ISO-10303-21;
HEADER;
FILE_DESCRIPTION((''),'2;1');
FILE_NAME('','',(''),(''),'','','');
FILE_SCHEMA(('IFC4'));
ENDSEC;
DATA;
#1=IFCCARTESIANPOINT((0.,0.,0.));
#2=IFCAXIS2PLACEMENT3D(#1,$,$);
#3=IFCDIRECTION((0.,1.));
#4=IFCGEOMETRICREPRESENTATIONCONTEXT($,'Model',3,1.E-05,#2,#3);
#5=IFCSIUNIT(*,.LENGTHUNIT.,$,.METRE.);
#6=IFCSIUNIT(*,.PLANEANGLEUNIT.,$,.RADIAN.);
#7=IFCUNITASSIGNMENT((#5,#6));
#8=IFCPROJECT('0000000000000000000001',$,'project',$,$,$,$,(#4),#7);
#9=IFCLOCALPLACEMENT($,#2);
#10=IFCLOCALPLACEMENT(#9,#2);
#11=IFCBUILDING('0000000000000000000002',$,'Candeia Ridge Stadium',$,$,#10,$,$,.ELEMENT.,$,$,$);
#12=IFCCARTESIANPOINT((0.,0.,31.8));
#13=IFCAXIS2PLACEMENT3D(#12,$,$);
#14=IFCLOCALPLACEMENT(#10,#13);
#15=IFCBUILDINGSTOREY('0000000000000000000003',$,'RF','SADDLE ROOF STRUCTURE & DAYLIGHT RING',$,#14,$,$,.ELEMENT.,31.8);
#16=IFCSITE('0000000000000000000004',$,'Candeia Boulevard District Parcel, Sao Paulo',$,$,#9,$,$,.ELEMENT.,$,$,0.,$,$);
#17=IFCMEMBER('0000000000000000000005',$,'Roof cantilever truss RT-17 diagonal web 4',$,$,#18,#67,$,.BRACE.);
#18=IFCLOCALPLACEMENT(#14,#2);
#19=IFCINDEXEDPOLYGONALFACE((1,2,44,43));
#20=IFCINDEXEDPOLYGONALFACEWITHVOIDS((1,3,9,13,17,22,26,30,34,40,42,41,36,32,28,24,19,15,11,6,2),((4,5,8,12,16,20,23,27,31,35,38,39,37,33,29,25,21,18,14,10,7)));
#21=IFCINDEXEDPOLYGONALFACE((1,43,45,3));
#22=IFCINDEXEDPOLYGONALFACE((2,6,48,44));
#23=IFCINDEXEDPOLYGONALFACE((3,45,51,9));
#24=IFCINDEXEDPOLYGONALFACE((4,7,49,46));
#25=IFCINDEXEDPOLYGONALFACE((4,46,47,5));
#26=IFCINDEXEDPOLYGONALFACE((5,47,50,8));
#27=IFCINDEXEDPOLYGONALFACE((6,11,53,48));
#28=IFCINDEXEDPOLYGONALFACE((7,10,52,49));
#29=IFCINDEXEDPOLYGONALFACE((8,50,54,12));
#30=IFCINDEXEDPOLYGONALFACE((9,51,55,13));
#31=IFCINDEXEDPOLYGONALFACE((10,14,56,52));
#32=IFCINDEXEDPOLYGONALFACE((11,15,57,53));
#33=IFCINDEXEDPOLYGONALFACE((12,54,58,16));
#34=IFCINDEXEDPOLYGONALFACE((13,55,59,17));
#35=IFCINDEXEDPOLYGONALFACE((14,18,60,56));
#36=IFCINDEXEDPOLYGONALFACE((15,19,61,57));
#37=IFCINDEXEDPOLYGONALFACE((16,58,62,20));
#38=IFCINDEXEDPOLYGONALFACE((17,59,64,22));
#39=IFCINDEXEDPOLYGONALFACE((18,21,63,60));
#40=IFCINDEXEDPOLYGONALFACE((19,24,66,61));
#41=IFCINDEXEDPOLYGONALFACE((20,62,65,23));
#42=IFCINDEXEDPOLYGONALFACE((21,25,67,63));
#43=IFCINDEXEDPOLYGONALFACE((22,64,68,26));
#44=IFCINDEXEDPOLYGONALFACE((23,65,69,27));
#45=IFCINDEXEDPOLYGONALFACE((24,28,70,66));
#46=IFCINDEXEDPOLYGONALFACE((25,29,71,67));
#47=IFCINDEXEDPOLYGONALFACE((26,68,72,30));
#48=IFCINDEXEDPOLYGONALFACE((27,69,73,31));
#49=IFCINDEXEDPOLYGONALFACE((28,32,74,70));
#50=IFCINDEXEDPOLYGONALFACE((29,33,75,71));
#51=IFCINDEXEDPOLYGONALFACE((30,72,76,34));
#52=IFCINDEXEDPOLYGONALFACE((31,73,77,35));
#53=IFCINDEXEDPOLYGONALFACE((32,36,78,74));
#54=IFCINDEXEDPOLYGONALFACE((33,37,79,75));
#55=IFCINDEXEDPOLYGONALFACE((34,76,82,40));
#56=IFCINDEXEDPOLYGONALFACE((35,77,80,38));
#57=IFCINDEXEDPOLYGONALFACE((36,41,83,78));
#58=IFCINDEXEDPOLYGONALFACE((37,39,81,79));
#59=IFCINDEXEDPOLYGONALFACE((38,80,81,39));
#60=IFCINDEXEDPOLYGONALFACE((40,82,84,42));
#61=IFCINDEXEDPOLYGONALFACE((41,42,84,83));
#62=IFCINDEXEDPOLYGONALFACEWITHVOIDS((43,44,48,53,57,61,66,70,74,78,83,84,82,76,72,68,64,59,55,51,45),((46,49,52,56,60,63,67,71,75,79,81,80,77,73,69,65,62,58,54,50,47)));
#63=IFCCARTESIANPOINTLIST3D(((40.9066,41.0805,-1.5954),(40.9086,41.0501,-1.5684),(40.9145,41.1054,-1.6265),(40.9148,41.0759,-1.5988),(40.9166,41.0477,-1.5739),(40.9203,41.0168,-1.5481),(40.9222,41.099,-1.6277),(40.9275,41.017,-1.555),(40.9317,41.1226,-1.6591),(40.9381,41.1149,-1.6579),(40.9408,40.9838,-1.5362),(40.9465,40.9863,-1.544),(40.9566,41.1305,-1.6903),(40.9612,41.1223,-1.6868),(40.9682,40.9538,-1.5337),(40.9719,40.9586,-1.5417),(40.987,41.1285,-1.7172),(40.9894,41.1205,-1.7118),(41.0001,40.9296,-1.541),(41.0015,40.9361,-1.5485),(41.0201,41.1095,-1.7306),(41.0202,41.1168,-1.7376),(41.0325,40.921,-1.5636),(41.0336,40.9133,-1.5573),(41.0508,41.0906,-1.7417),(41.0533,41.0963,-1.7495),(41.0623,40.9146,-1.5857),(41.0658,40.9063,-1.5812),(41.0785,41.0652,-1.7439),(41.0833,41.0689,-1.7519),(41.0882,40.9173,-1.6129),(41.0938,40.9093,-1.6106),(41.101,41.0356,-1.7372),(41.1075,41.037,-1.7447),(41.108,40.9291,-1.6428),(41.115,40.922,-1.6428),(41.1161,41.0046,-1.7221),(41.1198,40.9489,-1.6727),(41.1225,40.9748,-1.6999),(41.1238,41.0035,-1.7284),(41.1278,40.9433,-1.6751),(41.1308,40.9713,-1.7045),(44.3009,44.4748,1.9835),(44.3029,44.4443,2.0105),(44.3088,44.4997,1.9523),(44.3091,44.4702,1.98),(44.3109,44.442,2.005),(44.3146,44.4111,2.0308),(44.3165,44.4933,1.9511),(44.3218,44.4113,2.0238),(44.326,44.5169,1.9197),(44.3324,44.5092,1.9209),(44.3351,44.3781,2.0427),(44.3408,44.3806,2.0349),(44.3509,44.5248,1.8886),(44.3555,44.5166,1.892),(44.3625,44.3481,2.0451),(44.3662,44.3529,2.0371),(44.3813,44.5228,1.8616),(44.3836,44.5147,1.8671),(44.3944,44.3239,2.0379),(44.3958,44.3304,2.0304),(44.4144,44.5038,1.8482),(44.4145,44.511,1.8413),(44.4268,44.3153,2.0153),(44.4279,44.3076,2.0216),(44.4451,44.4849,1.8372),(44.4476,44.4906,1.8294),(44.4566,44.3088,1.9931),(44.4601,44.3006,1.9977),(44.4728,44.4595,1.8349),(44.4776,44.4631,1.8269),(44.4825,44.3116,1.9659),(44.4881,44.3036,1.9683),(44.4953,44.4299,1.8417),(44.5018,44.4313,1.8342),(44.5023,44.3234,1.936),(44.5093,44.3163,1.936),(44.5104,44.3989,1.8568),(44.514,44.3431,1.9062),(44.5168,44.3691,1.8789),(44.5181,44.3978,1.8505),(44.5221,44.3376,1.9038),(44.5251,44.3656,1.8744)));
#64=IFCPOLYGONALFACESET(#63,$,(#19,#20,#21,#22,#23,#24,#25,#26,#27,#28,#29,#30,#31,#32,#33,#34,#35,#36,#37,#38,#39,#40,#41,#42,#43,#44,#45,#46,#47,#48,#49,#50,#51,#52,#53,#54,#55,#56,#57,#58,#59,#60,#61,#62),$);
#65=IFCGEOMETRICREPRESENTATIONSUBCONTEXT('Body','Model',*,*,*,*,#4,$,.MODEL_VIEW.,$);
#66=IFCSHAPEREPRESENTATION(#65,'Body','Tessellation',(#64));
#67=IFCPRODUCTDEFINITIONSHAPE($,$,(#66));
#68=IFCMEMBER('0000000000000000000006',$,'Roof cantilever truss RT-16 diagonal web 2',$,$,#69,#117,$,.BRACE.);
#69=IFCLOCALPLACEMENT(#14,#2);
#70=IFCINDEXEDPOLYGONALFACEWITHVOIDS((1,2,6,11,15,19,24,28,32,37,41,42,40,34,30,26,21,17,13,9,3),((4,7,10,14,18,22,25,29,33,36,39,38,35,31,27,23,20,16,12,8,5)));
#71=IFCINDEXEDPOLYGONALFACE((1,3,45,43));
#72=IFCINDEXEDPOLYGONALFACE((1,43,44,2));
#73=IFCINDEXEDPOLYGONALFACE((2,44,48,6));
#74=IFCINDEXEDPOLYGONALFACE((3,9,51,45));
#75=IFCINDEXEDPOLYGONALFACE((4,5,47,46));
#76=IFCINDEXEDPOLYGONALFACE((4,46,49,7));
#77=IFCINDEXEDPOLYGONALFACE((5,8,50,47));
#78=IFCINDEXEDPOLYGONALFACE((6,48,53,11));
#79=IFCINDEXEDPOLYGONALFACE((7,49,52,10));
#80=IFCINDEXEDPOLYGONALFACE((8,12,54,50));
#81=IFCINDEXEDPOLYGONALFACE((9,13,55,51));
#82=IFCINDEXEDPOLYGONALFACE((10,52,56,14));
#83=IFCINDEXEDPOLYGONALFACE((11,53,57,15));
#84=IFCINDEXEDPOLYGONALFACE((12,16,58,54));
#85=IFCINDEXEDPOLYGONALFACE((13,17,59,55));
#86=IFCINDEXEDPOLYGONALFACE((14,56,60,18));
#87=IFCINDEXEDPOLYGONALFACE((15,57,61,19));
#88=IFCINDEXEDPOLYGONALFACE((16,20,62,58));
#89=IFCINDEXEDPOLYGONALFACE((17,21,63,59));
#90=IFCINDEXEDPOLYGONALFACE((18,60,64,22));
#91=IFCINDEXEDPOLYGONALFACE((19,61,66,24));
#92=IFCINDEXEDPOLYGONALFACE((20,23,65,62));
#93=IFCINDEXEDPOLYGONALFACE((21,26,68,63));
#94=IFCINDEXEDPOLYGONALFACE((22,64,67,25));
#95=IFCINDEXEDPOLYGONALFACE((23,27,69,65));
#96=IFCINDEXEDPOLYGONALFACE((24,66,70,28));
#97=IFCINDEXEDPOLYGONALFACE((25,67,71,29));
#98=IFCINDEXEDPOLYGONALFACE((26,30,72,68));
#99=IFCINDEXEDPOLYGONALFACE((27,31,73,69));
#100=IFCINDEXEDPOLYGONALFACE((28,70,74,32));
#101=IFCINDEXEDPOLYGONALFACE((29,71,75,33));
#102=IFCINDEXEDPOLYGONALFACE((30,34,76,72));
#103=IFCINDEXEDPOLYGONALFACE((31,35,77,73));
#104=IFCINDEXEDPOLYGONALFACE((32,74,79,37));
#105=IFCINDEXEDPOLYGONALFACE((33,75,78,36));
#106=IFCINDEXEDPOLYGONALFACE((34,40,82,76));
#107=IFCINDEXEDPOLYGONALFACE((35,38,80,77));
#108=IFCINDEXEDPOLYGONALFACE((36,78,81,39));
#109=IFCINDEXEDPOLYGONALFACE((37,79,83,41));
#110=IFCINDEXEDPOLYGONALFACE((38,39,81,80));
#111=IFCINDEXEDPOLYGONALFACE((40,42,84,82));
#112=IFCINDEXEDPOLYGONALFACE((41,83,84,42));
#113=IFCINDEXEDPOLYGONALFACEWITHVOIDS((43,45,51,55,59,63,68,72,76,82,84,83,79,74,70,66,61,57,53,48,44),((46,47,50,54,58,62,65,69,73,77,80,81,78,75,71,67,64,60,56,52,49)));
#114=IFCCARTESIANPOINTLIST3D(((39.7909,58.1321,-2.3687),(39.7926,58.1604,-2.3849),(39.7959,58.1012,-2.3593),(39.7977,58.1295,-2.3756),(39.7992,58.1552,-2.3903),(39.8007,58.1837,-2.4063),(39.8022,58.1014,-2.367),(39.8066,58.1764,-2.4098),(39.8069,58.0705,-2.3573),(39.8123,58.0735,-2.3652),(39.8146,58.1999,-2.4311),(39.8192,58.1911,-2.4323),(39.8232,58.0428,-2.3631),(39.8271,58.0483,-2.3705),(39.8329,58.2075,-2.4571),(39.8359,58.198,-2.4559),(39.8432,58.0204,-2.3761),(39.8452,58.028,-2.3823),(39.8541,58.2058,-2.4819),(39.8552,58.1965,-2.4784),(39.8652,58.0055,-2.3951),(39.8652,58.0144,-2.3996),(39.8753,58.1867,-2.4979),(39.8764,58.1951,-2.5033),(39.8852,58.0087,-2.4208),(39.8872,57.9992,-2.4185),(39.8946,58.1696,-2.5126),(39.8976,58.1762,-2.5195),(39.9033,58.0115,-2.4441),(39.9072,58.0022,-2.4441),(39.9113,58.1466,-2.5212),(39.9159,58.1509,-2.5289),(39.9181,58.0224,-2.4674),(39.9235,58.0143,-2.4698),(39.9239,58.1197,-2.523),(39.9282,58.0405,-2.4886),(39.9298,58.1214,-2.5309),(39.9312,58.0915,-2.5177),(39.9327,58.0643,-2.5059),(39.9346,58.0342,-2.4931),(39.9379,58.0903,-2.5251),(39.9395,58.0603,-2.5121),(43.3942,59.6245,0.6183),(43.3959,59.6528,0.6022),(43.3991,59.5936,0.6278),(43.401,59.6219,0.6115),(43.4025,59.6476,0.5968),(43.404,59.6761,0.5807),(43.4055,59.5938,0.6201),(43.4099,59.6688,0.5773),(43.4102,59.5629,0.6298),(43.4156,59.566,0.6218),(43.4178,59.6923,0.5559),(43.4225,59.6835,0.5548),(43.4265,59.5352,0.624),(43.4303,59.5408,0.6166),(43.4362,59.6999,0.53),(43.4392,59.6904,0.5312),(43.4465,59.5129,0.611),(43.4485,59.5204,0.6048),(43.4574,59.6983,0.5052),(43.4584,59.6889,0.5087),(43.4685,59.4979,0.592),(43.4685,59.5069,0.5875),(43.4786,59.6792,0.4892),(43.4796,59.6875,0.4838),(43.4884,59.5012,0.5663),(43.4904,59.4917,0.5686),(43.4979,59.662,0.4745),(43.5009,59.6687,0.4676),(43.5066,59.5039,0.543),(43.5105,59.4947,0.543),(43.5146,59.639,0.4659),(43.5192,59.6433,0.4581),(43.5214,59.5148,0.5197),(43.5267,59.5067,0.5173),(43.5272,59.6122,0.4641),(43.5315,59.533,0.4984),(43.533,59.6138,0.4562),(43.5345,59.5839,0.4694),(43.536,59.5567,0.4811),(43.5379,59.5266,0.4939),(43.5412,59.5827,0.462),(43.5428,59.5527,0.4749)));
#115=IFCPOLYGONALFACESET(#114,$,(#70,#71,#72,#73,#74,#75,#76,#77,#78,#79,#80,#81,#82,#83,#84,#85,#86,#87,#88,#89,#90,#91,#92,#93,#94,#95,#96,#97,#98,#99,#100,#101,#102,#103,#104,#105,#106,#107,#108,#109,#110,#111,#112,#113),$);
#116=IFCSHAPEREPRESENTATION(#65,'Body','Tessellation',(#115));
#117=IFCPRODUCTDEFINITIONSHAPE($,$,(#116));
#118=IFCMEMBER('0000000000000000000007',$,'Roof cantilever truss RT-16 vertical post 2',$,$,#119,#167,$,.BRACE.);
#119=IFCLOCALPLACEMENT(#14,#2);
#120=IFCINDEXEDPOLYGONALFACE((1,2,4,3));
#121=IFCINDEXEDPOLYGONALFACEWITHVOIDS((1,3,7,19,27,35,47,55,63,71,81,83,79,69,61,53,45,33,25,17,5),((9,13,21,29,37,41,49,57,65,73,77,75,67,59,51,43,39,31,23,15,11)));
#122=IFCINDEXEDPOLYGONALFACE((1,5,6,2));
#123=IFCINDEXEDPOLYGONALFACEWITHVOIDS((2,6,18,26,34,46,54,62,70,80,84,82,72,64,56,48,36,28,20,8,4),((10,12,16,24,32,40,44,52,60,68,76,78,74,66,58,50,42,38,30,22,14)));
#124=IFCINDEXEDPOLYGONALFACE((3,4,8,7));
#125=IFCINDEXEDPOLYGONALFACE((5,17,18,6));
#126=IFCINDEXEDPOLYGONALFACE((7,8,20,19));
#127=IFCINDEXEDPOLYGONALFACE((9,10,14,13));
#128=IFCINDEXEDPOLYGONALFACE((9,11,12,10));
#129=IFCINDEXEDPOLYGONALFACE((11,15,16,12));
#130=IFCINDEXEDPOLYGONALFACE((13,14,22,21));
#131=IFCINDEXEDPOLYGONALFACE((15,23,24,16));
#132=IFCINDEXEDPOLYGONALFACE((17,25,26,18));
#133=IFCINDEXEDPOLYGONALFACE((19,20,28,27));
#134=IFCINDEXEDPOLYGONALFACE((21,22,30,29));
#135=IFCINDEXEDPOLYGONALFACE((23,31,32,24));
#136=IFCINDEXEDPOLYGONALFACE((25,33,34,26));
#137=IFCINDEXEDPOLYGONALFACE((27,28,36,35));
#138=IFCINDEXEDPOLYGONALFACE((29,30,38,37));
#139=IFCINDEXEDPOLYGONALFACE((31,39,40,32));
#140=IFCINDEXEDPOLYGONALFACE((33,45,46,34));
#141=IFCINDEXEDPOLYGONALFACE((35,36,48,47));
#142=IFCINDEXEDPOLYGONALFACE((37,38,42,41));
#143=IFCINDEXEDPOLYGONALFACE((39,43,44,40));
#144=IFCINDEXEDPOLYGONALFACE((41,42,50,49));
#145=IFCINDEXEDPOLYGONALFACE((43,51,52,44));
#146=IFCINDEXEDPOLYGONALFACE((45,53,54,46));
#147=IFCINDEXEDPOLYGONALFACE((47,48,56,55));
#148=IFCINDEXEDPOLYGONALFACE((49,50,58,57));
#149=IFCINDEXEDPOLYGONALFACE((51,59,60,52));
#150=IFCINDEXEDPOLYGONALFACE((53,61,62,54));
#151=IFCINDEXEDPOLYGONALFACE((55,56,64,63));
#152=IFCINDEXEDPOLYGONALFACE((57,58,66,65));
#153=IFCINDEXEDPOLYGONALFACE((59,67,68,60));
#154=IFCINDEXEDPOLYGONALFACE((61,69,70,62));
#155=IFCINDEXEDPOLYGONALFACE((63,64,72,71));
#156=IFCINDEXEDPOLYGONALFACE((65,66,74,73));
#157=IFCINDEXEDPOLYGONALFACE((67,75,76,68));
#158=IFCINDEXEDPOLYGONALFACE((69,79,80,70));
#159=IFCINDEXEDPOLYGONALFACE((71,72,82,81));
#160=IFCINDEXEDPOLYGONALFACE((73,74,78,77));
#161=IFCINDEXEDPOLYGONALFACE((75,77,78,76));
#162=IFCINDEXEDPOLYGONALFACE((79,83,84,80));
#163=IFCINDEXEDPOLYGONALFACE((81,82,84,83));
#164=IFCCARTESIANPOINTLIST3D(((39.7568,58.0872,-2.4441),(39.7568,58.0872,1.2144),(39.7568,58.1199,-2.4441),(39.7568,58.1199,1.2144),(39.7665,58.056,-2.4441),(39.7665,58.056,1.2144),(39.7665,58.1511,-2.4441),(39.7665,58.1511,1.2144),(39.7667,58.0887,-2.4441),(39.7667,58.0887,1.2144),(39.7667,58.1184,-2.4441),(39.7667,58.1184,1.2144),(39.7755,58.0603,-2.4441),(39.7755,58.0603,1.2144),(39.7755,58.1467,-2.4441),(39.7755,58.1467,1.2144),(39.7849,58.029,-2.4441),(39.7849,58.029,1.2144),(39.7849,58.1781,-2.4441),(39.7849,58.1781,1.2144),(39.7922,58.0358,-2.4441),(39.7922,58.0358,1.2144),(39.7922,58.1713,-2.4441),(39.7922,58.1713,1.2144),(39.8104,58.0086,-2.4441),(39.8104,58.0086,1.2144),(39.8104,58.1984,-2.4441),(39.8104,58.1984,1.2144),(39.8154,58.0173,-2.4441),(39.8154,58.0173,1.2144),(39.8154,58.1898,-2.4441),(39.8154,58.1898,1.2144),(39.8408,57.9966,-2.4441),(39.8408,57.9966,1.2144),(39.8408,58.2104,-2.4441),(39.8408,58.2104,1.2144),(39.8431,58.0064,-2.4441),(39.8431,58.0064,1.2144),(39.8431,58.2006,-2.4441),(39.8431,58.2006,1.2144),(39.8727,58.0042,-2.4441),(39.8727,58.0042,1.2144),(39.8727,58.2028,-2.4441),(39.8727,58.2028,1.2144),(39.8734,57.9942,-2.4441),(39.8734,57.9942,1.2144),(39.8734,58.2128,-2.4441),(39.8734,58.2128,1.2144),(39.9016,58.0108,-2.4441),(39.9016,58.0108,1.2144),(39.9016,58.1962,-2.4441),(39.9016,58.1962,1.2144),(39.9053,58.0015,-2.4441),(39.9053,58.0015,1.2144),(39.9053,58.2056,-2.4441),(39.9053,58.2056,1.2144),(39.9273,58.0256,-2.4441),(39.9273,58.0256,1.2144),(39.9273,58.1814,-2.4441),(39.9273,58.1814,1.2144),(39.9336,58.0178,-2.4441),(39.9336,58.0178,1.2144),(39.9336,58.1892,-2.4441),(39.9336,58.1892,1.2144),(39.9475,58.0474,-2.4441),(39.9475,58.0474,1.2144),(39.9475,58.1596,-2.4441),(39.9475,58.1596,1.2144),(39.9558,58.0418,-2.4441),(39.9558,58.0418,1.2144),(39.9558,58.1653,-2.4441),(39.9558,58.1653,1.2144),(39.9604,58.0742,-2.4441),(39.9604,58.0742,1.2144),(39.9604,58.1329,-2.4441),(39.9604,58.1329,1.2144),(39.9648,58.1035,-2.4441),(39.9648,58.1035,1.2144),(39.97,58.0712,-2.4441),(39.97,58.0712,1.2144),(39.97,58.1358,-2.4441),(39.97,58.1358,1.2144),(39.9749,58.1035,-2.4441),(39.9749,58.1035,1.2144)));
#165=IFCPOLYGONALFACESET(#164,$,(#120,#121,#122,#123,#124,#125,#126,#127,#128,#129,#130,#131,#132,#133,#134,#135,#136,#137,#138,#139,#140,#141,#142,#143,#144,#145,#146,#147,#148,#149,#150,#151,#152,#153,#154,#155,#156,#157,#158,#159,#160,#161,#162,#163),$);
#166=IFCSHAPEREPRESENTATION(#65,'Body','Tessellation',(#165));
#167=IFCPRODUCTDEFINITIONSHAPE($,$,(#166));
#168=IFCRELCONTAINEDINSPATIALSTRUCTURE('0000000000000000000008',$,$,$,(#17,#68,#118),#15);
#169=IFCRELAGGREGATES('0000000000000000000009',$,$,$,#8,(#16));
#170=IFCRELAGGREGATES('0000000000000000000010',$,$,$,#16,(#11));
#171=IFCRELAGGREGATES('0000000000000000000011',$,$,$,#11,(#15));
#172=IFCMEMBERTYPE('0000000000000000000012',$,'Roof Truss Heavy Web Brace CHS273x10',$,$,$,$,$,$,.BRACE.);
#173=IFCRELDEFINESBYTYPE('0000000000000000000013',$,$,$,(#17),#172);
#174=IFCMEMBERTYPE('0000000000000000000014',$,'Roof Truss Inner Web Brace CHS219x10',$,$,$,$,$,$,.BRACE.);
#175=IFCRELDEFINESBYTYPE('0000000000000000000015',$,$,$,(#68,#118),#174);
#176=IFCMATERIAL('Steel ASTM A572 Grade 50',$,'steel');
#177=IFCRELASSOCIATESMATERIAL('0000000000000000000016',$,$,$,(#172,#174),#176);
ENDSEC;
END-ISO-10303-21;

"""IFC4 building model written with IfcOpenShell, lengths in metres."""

from ifc_helpers import new_model, si_unit, direction, frame, origin, origin_2d, place, context, subcontext, project, spatial, hollow_circle, extrude, material, material_profile, profile_set, type_object, element, save


model = new_model("IFC4")

# Units and contexts
model_context = context("Model", 3, precision=1e-05, world=origin(), true_north=direction((0.0, 1.0)))
body_context = subcontext(model_context, "Body", "Model", "MODEL_VIEW")
ifc_project = project(units=[si_unit("LENGTHUNIT", "METRE"), si_unit("PLANEANGLEUNIT", "RADIAN")], contexts=[model_context])

# Site, building, storey
site_placement = place(None, origin())
site = spatial("IfcSite", under=ifc_project, at=site_placement, Name="Candeia Boulevard District Parcel, Sao Paulo", CompositionType="ELEMENT", RefElevation=0.0)
building_placement = place(site_placement, origin())
building = spatial("IfcBuilding", under=site, at=building_placement, Name="Candeia Ridge Stadium", CompositionType="ELEMENT")
storey_placement = place(building_placement, frame((0.0, 0.0, 31.8)))
storey = spatial("IfcBuildingStorey", under=building, at=storey_placement, Name="RF", Description="SADDLE ROOF STRUCTURE & DAYLIGHT RING", CompositionType="ELEMENT", Elevation=31.8)

# Shared definitions
ifc_material_1 = material(Name="Steel ASTM A572 Grade 50", Category="steel")

# Members
ifc_material_profile_1 = material_profile(ifc_material_1, hollow_circle(Radius=0.1365, WallThickness=0.01, at=origin_2d()), Name="CHS273x10", Category="steel")
ifc_profile_set_1 = profile_set([ifc_material_profile_1], Name="Steel ASTM A572 Grade 50")
member_type_1 = type_object("IfcMemberType", Name="Roof Truss Heavy Web Brace CHS273x10", PredefinedType="BRACE", material=ifc_profile_set_1)
member_1_placement = place(storey_placement, frame((44.4128, 44.4128, 1.936), z_axis=(-0.566892, -0.566892, -0.597718), x_axis=(0.707107, -0.707107, 0.0)))
element("IfcMember", 1, at=member_1_placement, inside=storey, type_object=member_type_1, Name="Roof cantilever truss RT-17 diagonal web 4", PredefinedType="BRACE", context=body_context, shape_type="SweptSolid", body=[
    extrude(hollow_circle(Radius=0.1365, WallThickness=0.01, at=origin_2d()), origin(), (0.0, 0.0, 1.0), 5.9875),
])
ifc_material_profile_2 = material_profile(ifc_material_1, hollow_circle(Radius=0.1096, WallThickness=0.01, at=origin_2d()), Name="CHS219x10", Category="steel")
ifc_profile_set_2 = profile_set([ifc_material_profile_2], Name="Steel ASTM A572 Grade 50")
member_type_2 = type_object("IfcMemberType", Name="Roof Truss Inner Web Brace CHS219x10", PredefinedType="BRACE", material=ifc_profile_set_2)
member_2_placement = place(storey_placement, frame((43.4685, 59.5959, 0.543), z_axis=(-0.733478, -0.303798, -0.608043), x_axis=(0.382663, -0.923888, 0.0)))
element("IfcMember", 2, at=member_2_placement, inside=storey, type_object=member_type_2, Name="Roof cantilever truss RT-16 diagonal web 2", PredefinedType="BRACE", context=body_context, shape_type="SweptSolid", body=[
    extrude(hollow_circle(Radius=0.1096, WallThickness=0.01, at=origin_2d()), origin(), (0.0, 0.0, 1.0), 4.9126),
])
member_3_placement = place(storey_placement, frame((39.8652, 58.1035, -2.4441), z_axis=(0.0, 0.0, 1.0), x_axis=(1.0, 0.0, 0.0)))
element("IfcMember", 3, at=member_3_placement, inside=storey, type_object=member_type_2, Name="Roof cantilever truss RT-16 vertical post 2", PredefinedType="BRACE", context=body_context, shape_type="SweptSolid", body=[
    extrude(hollow_circle(Radius=0.1096, WallThickness=0.01, at=origin_2d()), origin(), (0.0, 0.0, 1.0), 3.6584),
])

save(model, "model.ifc")
